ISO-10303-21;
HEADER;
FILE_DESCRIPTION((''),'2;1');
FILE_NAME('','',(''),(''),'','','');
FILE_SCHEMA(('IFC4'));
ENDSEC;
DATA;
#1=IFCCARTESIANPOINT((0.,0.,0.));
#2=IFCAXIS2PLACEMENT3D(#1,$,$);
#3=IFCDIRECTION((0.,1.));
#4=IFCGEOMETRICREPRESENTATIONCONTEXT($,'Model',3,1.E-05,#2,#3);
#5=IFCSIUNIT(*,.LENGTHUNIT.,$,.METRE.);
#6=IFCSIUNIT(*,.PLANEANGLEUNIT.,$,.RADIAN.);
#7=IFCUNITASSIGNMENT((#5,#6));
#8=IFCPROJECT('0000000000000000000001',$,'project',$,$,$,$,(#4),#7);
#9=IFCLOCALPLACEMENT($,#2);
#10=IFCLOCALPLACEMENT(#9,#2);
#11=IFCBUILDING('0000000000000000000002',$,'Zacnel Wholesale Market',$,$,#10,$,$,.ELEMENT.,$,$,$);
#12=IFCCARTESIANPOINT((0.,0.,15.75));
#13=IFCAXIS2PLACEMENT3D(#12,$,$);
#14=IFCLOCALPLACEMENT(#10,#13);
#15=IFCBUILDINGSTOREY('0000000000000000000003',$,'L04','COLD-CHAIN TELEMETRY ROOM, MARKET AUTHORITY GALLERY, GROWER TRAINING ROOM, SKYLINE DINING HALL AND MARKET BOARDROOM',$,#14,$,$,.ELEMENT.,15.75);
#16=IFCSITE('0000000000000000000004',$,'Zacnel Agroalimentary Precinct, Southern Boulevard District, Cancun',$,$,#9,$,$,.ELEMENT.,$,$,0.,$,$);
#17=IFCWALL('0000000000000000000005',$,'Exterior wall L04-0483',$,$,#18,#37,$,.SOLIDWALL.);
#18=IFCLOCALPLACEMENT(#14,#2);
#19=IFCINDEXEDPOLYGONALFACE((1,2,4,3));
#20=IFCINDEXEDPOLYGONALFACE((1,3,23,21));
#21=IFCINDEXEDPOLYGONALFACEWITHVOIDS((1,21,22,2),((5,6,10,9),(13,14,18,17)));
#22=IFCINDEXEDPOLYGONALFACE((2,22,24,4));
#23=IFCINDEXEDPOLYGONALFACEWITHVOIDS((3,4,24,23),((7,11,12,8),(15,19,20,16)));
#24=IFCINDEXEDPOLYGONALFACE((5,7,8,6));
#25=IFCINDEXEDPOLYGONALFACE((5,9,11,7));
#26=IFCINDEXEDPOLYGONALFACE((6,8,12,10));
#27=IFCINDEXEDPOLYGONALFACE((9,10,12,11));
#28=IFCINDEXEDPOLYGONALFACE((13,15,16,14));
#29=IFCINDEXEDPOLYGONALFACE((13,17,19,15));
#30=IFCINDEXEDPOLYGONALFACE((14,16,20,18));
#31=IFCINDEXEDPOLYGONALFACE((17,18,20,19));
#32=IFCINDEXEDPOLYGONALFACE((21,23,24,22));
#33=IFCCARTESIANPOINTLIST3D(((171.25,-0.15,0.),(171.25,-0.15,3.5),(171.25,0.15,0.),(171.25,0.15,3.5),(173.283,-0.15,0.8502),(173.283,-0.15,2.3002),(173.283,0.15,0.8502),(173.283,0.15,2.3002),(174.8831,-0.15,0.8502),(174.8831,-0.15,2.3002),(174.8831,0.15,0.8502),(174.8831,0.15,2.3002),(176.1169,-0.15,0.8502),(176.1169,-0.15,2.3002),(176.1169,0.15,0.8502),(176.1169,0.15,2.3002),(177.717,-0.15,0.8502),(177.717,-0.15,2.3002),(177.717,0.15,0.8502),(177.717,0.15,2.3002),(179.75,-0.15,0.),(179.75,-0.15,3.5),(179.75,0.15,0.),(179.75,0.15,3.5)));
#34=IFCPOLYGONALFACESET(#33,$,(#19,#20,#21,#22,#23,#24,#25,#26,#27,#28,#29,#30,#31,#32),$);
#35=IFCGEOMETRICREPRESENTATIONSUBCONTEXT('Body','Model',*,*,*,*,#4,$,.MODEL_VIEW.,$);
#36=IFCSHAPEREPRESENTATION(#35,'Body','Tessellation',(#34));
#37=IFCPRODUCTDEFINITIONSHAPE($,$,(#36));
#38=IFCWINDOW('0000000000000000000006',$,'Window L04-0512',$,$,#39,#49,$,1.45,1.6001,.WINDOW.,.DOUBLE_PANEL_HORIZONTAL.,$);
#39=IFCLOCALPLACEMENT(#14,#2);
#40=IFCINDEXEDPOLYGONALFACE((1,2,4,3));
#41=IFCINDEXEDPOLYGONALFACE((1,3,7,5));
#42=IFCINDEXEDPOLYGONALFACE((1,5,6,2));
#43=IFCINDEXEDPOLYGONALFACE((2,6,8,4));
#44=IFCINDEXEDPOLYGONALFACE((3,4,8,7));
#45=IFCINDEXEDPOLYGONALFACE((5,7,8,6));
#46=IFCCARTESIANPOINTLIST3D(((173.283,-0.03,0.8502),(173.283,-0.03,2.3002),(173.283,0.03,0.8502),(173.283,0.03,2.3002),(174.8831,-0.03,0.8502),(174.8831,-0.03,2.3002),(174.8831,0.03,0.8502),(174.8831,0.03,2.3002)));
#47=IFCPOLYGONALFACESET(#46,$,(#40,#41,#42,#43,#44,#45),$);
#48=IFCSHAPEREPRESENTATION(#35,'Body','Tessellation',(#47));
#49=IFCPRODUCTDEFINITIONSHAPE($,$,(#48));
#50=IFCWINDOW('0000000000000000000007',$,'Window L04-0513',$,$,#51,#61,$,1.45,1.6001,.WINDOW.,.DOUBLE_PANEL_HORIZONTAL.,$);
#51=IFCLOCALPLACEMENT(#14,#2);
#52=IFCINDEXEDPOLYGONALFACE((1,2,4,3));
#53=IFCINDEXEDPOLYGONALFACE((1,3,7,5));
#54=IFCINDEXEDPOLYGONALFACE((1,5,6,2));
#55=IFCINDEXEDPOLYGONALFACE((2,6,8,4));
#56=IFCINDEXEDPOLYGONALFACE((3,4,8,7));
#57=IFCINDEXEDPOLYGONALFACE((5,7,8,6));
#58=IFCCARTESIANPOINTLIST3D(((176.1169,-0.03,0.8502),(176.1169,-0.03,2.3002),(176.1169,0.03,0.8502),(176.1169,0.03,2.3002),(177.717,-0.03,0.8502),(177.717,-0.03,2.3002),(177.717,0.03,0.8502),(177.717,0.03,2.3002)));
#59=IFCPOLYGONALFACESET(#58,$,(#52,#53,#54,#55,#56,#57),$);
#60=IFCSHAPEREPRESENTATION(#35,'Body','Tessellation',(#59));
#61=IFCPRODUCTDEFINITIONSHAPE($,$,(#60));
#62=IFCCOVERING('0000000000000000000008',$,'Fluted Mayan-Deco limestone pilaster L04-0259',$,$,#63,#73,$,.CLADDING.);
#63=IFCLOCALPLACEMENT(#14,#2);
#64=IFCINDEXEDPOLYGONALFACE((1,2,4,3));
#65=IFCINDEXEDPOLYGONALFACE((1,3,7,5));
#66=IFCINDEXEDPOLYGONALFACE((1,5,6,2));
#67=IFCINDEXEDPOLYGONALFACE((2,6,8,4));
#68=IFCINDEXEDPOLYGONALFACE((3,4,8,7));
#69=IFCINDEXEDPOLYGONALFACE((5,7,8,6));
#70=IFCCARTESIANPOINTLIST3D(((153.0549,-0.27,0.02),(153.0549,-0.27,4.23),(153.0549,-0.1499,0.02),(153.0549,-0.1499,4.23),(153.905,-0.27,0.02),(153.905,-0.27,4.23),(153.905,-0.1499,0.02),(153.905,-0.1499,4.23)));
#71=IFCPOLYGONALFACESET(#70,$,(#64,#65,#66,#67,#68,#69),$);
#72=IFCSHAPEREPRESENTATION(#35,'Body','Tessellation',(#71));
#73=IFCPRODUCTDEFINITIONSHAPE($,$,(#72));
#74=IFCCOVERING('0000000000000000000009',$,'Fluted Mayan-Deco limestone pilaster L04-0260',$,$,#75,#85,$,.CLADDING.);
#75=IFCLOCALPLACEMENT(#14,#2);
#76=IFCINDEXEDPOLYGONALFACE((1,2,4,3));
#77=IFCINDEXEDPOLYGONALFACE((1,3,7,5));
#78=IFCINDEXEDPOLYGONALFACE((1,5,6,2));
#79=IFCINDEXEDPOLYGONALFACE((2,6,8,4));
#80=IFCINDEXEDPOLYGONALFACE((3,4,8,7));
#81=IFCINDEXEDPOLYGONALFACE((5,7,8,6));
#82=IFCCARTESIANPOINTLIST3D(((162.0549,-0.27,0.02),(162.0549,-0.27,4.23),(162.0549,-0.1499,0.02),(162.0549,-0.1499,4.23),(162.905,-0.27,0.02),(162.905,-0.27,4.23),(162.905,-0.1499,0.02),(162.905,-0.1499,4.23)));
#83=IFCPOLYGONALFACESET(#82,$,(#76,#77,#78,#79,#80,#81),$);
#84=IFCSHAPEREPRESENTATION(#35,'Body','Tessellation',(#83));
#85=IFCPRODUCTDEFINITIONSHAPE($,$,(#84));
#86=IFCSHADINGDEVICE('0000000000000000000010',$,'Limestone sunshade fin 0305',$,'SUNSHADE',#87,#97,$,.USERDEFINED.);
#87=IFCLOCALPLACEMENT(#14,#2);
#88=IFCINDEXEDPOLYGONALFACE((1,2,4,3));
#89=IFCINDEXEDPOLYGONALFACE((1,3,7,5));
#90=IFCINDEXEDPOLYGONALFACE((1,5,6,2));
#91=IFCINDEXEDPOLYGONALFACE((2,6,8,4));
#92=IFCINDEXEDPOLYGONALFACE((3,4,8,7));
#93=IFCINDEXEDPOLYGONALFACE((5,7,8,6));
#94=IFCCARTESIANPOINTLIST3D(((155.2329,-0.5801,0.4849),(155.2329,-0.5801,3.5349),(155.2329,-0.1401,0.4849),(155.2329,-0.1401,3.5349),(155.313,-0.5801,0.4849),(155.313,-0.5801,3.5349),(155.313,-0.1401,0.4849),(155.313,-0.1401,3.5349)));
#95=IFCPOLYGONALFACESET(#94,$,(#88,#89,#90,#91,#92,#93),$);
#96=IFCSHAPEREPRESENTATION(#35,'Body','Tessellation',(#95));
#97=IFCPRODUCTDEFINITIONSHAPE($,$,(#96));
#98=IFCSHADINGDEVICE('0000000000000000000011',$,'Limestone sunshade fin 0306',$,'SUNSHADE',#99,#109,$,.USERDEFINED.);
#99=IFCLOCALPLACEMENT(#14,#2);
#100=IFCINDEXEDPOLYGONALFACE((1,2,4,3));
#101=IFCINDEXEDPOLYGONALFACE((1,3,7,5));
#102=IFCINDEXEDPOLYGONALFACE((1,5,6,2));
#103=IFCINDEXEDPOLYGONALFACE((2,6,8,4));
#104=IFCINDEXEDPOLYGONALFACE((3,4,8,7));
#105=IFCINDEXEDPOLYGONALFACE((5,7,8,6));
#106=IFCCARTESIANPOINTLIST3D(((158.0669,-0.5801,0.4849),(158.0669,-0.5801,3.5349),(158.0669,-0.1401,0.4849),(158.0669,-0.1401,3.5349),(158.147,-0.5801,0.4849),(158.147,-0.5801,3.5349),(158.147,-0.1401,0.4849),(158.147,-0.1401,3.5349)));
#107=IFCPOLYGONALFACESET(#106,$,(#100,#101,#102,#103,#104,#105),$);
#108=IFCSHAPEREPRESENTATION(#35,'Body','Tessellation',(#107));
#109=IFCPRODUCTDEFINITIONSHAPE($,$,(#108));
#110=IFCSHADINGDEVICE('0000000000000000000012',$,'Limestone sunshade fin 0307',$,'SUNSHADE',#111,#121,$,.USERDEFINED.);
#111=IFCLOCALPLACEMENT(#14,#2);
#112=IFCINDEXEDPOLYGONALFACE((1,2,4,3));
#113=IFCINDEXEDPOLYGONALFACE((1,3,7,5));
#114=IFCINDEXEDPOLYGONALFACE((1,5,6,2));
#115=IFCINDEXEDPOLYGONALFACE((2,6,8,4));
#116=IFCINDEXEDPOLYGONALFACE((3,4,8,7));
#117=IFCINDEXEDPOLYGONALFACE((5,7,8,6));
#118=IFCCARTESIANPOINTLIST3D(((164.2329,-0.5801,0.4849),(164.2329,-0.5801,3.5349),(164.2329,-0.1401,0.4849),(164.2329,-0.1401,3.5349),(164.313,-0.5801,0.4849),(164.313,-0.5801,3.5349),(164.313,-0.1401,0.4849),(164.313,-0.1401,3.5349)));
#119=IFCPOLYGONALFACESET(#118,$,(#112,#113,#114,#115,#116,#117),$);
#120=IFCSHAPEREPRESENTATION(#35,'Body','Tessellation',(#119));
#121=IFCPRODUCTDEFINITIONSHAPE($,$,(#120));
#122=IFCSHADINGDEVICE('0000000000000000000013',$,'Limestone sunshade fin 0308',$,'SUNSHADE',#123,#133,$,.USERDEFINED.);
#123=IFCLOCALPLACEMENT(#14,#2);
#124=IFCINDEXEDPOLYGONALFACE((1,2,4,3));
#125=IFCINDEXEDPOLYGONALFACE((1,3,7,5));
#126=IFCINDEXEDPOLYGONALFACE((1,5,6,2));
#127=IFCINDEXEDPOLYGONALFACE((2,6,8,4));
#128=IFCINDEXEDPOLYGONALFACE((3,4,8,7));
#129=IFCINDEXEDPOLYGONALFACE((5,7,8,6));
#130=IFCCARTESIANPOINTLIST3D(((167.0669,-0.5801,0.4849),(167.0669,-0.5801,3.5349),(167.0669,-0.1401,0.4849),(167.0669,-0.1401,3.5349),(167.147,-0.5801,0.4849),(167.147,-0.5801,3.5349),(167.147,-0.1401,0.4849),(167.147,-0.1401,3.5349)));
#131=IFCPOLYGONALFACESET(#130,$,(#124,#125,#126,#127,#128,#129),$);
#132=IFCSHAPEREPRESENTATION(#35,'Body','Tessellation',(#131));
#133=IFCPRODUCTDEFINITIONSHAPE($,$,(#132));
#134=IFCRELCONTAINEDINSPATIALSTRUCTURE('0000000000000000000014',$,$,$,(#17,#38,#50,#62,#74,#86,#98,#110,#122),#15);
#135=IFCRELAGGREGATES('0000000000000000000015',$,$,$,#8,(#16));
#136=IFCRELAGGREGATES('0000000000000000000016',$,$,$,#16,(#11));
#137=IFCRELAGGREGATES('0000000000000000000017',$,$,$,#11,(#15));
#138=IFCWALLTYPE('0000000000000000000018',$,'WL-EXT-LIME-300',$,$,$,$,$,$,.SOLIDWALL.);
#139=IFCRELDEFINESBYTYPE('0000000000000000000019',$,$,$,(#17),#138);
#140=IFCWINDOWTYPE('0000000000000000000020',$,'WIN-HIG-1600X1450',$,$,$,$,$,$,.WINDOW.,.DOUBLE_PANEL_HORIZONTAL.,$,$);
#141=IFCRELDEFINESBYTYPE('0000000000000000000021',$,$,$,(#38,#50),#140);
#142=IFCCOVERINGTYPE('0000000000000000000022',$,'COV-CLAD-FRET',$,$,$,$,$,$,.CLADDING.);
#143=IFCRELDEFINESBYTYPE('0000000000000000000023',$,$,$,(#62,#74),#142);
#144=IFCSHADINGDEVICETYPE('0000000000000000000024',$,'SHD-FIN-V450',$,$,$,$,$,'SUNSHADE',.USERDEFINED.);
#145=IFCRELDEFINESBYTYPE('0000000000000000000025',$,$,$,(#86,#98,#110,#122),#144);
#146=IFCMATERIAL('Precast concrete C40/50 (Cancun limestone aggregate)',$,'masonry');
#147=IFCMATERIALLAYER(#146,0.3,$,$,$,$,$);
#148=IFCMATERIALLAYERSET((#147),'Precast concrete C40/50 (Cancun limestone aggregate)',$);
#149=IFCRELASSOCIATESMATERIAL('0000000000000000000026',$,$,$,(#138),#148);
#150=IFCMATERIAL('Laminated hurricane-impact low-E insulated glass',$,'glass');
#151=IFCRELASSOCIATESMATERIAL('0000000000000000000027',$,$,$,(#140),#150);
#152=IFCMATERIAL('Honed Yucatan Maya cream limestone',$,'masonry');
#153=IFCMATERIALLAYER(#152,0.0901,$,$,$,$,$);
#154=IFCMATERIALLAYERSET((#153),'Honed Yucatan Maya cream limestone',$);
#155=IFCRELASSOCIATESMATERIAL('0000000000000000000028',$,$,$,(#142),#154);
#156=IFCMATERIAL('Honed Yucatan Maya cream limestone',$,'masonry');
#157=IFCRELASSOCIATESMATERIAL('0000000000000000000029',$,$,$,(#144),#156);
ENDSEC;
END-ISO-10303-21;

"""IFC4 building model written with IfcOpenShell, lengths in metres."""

from ifc_helpers import new_model, si_unit, direction, frame, frame_2d, origin, origin_2d, place, context, subcontext, project, spatial, rectangle, extrude, material, layer, layer_set, type_object, element, fill, save


model = new_model("IFC4")

# Units and contexts
model_context = context("Model", 3, precision=1e-05, world=origin(), true_north=direction((0.0, 1.0)))
body_context = subcontext(model_context, "Body", "Model", "MODEL_VIEW")
ifc_project = project(units=[si_unit("LENGTHUNIT", "METRE"), si_unit("PLANEANGLEUNIT", "RADIAN")], contexts=[model_context])

# Site, building, storey
site_placement = place(None, origin())
site = spatial("IfcSite", under=ifc_project, at=site_placement, Name="Zacnel Agroalimentary Precinct, Southern Boulevard District, Cancun", CompositionType="ELEMENT", RefElevation=0.0)
building_placement = place(site_placement, origin())
building = spatial("IfcBuilding", under=site, at=building_placement, Name="Zacnel Wholesale Market", CompositionType="ELEMENT")
storey_placement = place(building_placement, frame((0.0, 0.0, 15.75)))
storey = spatial("IfcBuildingStorey", under=building, at=storey_placement, Name="L04", Description="COLD-CHAIN TELEMETRY ROOM, MARKET AUTHORITY GALLERY, GROWER TRAINING ROOM, SKYLINE DINING HALL AND MARKET BOARDROOM", CompositionType="ELEMENT", Elevation=15.75)

# Wall, openings, windows
ifc_material_1 = material(Name="Precast concrete C40/50 (Cancun limestone aggregate)", Category="masonry")
ifc_layer_1 = layer(ifc_material_1, 0.3)
ifc_layer_set_1 = layer_set([ifc_layer_1], Name="Precast concrete C40/50 (Cancun limestone aggregate)")
wall_type_1 = type_object("IfcWallType", Name="WL-EXT-LIME-300", PredefinedType="SOLIDWALL", material=ifc_layer_set_1)
wall_1_placement = place(storey_placement, frame((171.25, 0.0, 0.0), z_axis=(0.0, 0.0, 1.0), x_axis=(1.0, 0.0, 0.0)))
wall_1 = element("IfcWall", 1, at=wall_1_placement, inside=storey, type_object=wall_type_1, Name="Exterior wall L04-0483", PredefinedType="SOLIDWALL", context=body_context, shape_type="SweptSolid", body=[
    extrude(rectangle(XDim=8.5, YDim=0.3, at=frame_2d((4.25, 0.0))), origin(), (0.0, 0.0, 1.0), 3.5),
])
opening_1_placement = place(wall_1_placement, frame((2.033, 0.0, 0.8501)))
opening_1 = element("IfcOpeningElement", 2, at=opening_1_placement, cuts=wall_1, PredefinedType="OPENING", context=body_context, shape_type="SweptSolid", body=[
    extrude(rectangle(XDim=1.6001, YDim=1.45, at=frame_2d((0.8, 0.7251))), frame((0.0, 0.1599, 0.0), z_axis=(0.0, -1.0, 0.0), x_axis=(1.0, 0.0, 0.0)), (0.0, 0.0, 1.0), 0.3201),
])
opening_2_placement = place(wall_1_placement, frame((4.8669, 0.0, 0.8501)))
opening_2 = element("IfcOpeningElement", 3, at=opening_2_placement, cuts=wall_1, PredefinedType="OPENING", context=body_context, shape_type="SweptSolid", body=[
    extrude(rectangle(XDim=1.6001, YDim=1.45, at=frame_2d((0.8, 0.7251))), frame((0.0, 0.1599, 0.0), z_axis=(0.0, -1.0, 0.0), x_axis=(1.0, 0.0, 0.0)), (0.0, 0.0, 1.0), 0.3201),
])
ifc_material_2 = material(Name="Laminated hurricane-impact low-E insulated glass", Category="glass")
window_type_1 = type_object("IfcWindowType", Name="WIN-HIG-1600X1450", PartitioningType="DOUBLE_PANEL_HORIZONTAL", PredefinedType="WINDOW", material=ifc_material_2)
window_1_placement = place(opening_1_placement, origin())
window_1 = element("IfcWindow", 4, at=window_1_placement, inside=storey, type_object=window_type_1, Name="Window L04-0512", OverallHeight=1.45, OverallWidth=1.6001, PartitioningType="DOUBLE_PANEL_HORIZONTAL", PredefinedType="WINDOW", context=body_context, shape_type="SweptSolid", body=[
    extrude(rectangle(XDim=1.6001, YDim=1.45, at=frame_2d((0.8, 0.7251))), frame((0.0, 0.03, 0.0), z_axis=(0.0, -1.0, 0.0), x_axis=(1.0, 0.0, 0.0)), (0.0, 0.0, 1.0), 0.0601),
])
fill(opening_1, window_1)
window_2_placement = place(opening_2_placement, origin())
window_2 = element("IfcWindow", 5, at=window_2_placement, inside=storey, type_object=window_type_1, Name="Window L04-0513", OverallHeight=1.45, OverallWidth=1.6001, PartitioningType="DOUBLE_PANEL_HORIZONTAL", PredefinedType="WINDOW", context=body_context, shape_type="SweptSolid", body=[
    extrude(rectangle(XDim=1.6001, YDim=1.45, at=frame_2d((0.8, 0.7251))), frame((0.0, 0.03, 0.0), z_axis=(0.0, -1.0, 0.0), x_axis=(1.0, 0.0, 0.0)), (0.0, 0.0, 1.0), 0.0601),
])
fill(opening_2, window_2)

# Coverings
ifc_material_3 = material(Name="Honed Yucatan Maya cream limestone", Category="masonry")
ifc_layer_2 = layer(ifc_material_3, 0.0901)
ifc_layer_set_2 = layer_set([ifc_layer_2], Name="Honed Yucatan Maya cream limestone")
covering_type = type_object("IfcCoveringType", Name="COV-CLAD-FRET", PredefinedType="CLADDING", material=ifc_layer_set_2)
for number, where, z_axis, x_axis, name in (
    (6, (153.48, -0.21, 0.02), (0.0, 0.0, 1.0), (1.0, 0.0, 0.0), "Fluted Mayan-Deco limestone pilaster L04-0259"),
    (7, (162.48, -0.21, 0.02), (0.0, 0.0, 1.0), (1.0, 0.0, 0.0), "Fluted Mayan-Deco limestone pilaster L04-0260"),
):
    element("IfcCovering", number, at=place(storey_placement, frame(where, z_axis=z_axis, x_axis=x_axis)), inside=storey, type_object=covering_type, Name=name, PredefinedType="CLADDING", context=body_context, shape_type="SweptSolid", body=[
        extrude(rectangle(XDim=0.8501, YDim=0.1201, at=origin_2d()), origin(), (0.0, 0.0, 1.0), 4.21),
    ])

# Shading devices
ifc_material_4 = material(Name="Honed Yucatan Maya cream limestone", Category="masonry")
shading_device_type = type_object("IfcShadingDeviceType", Name="SHD-FIN-V450", ElementType="SUNSHADE", PredefinedType="USERDEFINED", material=ifc_material_4)
for number, where, z_axis, x_axis, name in (
    (8, (155.2729, -0.3601, 0.4849), (0.0, 0.0, 1.0), (1.0, 0.0, 0.0), "Limestone sunshade fin 0305"),
    (9, (158.1069, -0.3601, 0.4849), (0.0, 0.0, 1.0), (1.0, 0.0, 0.0), "Limestone sunshade fin 0306"),
    (10, (164.2729, -0.3601, 0.4849), (0.0, 0.0, 1.0), (1.0, 0.0, 0.0), "Limestone sunshade fin 0307"),
    (11, (167.1069, -0.3601, 0.4849), (0.0, 0.0, 1.0), (1.0, 0.0, 0.0), "Limestone sunshade fin 0308"),
):
    element("IfcShadingDevice", number, at=place(storey_placement, frame(where, z_axis=z_axis, x_axis=x_axis)), inside=storey, type_object=shading_device_type, Name=name, ObjectType="SUNSHADE", PredefinedType="USERDEFINED", context=body_context, shape_type="SweptSolid", body=[
        extrude(rectangle(XDim=0.0801, YDim=0.4399, at=origin_2d()), origin(), (0.0, 0.0, 1.0), 3.05),
    ])

save(model, "model.ifc")
